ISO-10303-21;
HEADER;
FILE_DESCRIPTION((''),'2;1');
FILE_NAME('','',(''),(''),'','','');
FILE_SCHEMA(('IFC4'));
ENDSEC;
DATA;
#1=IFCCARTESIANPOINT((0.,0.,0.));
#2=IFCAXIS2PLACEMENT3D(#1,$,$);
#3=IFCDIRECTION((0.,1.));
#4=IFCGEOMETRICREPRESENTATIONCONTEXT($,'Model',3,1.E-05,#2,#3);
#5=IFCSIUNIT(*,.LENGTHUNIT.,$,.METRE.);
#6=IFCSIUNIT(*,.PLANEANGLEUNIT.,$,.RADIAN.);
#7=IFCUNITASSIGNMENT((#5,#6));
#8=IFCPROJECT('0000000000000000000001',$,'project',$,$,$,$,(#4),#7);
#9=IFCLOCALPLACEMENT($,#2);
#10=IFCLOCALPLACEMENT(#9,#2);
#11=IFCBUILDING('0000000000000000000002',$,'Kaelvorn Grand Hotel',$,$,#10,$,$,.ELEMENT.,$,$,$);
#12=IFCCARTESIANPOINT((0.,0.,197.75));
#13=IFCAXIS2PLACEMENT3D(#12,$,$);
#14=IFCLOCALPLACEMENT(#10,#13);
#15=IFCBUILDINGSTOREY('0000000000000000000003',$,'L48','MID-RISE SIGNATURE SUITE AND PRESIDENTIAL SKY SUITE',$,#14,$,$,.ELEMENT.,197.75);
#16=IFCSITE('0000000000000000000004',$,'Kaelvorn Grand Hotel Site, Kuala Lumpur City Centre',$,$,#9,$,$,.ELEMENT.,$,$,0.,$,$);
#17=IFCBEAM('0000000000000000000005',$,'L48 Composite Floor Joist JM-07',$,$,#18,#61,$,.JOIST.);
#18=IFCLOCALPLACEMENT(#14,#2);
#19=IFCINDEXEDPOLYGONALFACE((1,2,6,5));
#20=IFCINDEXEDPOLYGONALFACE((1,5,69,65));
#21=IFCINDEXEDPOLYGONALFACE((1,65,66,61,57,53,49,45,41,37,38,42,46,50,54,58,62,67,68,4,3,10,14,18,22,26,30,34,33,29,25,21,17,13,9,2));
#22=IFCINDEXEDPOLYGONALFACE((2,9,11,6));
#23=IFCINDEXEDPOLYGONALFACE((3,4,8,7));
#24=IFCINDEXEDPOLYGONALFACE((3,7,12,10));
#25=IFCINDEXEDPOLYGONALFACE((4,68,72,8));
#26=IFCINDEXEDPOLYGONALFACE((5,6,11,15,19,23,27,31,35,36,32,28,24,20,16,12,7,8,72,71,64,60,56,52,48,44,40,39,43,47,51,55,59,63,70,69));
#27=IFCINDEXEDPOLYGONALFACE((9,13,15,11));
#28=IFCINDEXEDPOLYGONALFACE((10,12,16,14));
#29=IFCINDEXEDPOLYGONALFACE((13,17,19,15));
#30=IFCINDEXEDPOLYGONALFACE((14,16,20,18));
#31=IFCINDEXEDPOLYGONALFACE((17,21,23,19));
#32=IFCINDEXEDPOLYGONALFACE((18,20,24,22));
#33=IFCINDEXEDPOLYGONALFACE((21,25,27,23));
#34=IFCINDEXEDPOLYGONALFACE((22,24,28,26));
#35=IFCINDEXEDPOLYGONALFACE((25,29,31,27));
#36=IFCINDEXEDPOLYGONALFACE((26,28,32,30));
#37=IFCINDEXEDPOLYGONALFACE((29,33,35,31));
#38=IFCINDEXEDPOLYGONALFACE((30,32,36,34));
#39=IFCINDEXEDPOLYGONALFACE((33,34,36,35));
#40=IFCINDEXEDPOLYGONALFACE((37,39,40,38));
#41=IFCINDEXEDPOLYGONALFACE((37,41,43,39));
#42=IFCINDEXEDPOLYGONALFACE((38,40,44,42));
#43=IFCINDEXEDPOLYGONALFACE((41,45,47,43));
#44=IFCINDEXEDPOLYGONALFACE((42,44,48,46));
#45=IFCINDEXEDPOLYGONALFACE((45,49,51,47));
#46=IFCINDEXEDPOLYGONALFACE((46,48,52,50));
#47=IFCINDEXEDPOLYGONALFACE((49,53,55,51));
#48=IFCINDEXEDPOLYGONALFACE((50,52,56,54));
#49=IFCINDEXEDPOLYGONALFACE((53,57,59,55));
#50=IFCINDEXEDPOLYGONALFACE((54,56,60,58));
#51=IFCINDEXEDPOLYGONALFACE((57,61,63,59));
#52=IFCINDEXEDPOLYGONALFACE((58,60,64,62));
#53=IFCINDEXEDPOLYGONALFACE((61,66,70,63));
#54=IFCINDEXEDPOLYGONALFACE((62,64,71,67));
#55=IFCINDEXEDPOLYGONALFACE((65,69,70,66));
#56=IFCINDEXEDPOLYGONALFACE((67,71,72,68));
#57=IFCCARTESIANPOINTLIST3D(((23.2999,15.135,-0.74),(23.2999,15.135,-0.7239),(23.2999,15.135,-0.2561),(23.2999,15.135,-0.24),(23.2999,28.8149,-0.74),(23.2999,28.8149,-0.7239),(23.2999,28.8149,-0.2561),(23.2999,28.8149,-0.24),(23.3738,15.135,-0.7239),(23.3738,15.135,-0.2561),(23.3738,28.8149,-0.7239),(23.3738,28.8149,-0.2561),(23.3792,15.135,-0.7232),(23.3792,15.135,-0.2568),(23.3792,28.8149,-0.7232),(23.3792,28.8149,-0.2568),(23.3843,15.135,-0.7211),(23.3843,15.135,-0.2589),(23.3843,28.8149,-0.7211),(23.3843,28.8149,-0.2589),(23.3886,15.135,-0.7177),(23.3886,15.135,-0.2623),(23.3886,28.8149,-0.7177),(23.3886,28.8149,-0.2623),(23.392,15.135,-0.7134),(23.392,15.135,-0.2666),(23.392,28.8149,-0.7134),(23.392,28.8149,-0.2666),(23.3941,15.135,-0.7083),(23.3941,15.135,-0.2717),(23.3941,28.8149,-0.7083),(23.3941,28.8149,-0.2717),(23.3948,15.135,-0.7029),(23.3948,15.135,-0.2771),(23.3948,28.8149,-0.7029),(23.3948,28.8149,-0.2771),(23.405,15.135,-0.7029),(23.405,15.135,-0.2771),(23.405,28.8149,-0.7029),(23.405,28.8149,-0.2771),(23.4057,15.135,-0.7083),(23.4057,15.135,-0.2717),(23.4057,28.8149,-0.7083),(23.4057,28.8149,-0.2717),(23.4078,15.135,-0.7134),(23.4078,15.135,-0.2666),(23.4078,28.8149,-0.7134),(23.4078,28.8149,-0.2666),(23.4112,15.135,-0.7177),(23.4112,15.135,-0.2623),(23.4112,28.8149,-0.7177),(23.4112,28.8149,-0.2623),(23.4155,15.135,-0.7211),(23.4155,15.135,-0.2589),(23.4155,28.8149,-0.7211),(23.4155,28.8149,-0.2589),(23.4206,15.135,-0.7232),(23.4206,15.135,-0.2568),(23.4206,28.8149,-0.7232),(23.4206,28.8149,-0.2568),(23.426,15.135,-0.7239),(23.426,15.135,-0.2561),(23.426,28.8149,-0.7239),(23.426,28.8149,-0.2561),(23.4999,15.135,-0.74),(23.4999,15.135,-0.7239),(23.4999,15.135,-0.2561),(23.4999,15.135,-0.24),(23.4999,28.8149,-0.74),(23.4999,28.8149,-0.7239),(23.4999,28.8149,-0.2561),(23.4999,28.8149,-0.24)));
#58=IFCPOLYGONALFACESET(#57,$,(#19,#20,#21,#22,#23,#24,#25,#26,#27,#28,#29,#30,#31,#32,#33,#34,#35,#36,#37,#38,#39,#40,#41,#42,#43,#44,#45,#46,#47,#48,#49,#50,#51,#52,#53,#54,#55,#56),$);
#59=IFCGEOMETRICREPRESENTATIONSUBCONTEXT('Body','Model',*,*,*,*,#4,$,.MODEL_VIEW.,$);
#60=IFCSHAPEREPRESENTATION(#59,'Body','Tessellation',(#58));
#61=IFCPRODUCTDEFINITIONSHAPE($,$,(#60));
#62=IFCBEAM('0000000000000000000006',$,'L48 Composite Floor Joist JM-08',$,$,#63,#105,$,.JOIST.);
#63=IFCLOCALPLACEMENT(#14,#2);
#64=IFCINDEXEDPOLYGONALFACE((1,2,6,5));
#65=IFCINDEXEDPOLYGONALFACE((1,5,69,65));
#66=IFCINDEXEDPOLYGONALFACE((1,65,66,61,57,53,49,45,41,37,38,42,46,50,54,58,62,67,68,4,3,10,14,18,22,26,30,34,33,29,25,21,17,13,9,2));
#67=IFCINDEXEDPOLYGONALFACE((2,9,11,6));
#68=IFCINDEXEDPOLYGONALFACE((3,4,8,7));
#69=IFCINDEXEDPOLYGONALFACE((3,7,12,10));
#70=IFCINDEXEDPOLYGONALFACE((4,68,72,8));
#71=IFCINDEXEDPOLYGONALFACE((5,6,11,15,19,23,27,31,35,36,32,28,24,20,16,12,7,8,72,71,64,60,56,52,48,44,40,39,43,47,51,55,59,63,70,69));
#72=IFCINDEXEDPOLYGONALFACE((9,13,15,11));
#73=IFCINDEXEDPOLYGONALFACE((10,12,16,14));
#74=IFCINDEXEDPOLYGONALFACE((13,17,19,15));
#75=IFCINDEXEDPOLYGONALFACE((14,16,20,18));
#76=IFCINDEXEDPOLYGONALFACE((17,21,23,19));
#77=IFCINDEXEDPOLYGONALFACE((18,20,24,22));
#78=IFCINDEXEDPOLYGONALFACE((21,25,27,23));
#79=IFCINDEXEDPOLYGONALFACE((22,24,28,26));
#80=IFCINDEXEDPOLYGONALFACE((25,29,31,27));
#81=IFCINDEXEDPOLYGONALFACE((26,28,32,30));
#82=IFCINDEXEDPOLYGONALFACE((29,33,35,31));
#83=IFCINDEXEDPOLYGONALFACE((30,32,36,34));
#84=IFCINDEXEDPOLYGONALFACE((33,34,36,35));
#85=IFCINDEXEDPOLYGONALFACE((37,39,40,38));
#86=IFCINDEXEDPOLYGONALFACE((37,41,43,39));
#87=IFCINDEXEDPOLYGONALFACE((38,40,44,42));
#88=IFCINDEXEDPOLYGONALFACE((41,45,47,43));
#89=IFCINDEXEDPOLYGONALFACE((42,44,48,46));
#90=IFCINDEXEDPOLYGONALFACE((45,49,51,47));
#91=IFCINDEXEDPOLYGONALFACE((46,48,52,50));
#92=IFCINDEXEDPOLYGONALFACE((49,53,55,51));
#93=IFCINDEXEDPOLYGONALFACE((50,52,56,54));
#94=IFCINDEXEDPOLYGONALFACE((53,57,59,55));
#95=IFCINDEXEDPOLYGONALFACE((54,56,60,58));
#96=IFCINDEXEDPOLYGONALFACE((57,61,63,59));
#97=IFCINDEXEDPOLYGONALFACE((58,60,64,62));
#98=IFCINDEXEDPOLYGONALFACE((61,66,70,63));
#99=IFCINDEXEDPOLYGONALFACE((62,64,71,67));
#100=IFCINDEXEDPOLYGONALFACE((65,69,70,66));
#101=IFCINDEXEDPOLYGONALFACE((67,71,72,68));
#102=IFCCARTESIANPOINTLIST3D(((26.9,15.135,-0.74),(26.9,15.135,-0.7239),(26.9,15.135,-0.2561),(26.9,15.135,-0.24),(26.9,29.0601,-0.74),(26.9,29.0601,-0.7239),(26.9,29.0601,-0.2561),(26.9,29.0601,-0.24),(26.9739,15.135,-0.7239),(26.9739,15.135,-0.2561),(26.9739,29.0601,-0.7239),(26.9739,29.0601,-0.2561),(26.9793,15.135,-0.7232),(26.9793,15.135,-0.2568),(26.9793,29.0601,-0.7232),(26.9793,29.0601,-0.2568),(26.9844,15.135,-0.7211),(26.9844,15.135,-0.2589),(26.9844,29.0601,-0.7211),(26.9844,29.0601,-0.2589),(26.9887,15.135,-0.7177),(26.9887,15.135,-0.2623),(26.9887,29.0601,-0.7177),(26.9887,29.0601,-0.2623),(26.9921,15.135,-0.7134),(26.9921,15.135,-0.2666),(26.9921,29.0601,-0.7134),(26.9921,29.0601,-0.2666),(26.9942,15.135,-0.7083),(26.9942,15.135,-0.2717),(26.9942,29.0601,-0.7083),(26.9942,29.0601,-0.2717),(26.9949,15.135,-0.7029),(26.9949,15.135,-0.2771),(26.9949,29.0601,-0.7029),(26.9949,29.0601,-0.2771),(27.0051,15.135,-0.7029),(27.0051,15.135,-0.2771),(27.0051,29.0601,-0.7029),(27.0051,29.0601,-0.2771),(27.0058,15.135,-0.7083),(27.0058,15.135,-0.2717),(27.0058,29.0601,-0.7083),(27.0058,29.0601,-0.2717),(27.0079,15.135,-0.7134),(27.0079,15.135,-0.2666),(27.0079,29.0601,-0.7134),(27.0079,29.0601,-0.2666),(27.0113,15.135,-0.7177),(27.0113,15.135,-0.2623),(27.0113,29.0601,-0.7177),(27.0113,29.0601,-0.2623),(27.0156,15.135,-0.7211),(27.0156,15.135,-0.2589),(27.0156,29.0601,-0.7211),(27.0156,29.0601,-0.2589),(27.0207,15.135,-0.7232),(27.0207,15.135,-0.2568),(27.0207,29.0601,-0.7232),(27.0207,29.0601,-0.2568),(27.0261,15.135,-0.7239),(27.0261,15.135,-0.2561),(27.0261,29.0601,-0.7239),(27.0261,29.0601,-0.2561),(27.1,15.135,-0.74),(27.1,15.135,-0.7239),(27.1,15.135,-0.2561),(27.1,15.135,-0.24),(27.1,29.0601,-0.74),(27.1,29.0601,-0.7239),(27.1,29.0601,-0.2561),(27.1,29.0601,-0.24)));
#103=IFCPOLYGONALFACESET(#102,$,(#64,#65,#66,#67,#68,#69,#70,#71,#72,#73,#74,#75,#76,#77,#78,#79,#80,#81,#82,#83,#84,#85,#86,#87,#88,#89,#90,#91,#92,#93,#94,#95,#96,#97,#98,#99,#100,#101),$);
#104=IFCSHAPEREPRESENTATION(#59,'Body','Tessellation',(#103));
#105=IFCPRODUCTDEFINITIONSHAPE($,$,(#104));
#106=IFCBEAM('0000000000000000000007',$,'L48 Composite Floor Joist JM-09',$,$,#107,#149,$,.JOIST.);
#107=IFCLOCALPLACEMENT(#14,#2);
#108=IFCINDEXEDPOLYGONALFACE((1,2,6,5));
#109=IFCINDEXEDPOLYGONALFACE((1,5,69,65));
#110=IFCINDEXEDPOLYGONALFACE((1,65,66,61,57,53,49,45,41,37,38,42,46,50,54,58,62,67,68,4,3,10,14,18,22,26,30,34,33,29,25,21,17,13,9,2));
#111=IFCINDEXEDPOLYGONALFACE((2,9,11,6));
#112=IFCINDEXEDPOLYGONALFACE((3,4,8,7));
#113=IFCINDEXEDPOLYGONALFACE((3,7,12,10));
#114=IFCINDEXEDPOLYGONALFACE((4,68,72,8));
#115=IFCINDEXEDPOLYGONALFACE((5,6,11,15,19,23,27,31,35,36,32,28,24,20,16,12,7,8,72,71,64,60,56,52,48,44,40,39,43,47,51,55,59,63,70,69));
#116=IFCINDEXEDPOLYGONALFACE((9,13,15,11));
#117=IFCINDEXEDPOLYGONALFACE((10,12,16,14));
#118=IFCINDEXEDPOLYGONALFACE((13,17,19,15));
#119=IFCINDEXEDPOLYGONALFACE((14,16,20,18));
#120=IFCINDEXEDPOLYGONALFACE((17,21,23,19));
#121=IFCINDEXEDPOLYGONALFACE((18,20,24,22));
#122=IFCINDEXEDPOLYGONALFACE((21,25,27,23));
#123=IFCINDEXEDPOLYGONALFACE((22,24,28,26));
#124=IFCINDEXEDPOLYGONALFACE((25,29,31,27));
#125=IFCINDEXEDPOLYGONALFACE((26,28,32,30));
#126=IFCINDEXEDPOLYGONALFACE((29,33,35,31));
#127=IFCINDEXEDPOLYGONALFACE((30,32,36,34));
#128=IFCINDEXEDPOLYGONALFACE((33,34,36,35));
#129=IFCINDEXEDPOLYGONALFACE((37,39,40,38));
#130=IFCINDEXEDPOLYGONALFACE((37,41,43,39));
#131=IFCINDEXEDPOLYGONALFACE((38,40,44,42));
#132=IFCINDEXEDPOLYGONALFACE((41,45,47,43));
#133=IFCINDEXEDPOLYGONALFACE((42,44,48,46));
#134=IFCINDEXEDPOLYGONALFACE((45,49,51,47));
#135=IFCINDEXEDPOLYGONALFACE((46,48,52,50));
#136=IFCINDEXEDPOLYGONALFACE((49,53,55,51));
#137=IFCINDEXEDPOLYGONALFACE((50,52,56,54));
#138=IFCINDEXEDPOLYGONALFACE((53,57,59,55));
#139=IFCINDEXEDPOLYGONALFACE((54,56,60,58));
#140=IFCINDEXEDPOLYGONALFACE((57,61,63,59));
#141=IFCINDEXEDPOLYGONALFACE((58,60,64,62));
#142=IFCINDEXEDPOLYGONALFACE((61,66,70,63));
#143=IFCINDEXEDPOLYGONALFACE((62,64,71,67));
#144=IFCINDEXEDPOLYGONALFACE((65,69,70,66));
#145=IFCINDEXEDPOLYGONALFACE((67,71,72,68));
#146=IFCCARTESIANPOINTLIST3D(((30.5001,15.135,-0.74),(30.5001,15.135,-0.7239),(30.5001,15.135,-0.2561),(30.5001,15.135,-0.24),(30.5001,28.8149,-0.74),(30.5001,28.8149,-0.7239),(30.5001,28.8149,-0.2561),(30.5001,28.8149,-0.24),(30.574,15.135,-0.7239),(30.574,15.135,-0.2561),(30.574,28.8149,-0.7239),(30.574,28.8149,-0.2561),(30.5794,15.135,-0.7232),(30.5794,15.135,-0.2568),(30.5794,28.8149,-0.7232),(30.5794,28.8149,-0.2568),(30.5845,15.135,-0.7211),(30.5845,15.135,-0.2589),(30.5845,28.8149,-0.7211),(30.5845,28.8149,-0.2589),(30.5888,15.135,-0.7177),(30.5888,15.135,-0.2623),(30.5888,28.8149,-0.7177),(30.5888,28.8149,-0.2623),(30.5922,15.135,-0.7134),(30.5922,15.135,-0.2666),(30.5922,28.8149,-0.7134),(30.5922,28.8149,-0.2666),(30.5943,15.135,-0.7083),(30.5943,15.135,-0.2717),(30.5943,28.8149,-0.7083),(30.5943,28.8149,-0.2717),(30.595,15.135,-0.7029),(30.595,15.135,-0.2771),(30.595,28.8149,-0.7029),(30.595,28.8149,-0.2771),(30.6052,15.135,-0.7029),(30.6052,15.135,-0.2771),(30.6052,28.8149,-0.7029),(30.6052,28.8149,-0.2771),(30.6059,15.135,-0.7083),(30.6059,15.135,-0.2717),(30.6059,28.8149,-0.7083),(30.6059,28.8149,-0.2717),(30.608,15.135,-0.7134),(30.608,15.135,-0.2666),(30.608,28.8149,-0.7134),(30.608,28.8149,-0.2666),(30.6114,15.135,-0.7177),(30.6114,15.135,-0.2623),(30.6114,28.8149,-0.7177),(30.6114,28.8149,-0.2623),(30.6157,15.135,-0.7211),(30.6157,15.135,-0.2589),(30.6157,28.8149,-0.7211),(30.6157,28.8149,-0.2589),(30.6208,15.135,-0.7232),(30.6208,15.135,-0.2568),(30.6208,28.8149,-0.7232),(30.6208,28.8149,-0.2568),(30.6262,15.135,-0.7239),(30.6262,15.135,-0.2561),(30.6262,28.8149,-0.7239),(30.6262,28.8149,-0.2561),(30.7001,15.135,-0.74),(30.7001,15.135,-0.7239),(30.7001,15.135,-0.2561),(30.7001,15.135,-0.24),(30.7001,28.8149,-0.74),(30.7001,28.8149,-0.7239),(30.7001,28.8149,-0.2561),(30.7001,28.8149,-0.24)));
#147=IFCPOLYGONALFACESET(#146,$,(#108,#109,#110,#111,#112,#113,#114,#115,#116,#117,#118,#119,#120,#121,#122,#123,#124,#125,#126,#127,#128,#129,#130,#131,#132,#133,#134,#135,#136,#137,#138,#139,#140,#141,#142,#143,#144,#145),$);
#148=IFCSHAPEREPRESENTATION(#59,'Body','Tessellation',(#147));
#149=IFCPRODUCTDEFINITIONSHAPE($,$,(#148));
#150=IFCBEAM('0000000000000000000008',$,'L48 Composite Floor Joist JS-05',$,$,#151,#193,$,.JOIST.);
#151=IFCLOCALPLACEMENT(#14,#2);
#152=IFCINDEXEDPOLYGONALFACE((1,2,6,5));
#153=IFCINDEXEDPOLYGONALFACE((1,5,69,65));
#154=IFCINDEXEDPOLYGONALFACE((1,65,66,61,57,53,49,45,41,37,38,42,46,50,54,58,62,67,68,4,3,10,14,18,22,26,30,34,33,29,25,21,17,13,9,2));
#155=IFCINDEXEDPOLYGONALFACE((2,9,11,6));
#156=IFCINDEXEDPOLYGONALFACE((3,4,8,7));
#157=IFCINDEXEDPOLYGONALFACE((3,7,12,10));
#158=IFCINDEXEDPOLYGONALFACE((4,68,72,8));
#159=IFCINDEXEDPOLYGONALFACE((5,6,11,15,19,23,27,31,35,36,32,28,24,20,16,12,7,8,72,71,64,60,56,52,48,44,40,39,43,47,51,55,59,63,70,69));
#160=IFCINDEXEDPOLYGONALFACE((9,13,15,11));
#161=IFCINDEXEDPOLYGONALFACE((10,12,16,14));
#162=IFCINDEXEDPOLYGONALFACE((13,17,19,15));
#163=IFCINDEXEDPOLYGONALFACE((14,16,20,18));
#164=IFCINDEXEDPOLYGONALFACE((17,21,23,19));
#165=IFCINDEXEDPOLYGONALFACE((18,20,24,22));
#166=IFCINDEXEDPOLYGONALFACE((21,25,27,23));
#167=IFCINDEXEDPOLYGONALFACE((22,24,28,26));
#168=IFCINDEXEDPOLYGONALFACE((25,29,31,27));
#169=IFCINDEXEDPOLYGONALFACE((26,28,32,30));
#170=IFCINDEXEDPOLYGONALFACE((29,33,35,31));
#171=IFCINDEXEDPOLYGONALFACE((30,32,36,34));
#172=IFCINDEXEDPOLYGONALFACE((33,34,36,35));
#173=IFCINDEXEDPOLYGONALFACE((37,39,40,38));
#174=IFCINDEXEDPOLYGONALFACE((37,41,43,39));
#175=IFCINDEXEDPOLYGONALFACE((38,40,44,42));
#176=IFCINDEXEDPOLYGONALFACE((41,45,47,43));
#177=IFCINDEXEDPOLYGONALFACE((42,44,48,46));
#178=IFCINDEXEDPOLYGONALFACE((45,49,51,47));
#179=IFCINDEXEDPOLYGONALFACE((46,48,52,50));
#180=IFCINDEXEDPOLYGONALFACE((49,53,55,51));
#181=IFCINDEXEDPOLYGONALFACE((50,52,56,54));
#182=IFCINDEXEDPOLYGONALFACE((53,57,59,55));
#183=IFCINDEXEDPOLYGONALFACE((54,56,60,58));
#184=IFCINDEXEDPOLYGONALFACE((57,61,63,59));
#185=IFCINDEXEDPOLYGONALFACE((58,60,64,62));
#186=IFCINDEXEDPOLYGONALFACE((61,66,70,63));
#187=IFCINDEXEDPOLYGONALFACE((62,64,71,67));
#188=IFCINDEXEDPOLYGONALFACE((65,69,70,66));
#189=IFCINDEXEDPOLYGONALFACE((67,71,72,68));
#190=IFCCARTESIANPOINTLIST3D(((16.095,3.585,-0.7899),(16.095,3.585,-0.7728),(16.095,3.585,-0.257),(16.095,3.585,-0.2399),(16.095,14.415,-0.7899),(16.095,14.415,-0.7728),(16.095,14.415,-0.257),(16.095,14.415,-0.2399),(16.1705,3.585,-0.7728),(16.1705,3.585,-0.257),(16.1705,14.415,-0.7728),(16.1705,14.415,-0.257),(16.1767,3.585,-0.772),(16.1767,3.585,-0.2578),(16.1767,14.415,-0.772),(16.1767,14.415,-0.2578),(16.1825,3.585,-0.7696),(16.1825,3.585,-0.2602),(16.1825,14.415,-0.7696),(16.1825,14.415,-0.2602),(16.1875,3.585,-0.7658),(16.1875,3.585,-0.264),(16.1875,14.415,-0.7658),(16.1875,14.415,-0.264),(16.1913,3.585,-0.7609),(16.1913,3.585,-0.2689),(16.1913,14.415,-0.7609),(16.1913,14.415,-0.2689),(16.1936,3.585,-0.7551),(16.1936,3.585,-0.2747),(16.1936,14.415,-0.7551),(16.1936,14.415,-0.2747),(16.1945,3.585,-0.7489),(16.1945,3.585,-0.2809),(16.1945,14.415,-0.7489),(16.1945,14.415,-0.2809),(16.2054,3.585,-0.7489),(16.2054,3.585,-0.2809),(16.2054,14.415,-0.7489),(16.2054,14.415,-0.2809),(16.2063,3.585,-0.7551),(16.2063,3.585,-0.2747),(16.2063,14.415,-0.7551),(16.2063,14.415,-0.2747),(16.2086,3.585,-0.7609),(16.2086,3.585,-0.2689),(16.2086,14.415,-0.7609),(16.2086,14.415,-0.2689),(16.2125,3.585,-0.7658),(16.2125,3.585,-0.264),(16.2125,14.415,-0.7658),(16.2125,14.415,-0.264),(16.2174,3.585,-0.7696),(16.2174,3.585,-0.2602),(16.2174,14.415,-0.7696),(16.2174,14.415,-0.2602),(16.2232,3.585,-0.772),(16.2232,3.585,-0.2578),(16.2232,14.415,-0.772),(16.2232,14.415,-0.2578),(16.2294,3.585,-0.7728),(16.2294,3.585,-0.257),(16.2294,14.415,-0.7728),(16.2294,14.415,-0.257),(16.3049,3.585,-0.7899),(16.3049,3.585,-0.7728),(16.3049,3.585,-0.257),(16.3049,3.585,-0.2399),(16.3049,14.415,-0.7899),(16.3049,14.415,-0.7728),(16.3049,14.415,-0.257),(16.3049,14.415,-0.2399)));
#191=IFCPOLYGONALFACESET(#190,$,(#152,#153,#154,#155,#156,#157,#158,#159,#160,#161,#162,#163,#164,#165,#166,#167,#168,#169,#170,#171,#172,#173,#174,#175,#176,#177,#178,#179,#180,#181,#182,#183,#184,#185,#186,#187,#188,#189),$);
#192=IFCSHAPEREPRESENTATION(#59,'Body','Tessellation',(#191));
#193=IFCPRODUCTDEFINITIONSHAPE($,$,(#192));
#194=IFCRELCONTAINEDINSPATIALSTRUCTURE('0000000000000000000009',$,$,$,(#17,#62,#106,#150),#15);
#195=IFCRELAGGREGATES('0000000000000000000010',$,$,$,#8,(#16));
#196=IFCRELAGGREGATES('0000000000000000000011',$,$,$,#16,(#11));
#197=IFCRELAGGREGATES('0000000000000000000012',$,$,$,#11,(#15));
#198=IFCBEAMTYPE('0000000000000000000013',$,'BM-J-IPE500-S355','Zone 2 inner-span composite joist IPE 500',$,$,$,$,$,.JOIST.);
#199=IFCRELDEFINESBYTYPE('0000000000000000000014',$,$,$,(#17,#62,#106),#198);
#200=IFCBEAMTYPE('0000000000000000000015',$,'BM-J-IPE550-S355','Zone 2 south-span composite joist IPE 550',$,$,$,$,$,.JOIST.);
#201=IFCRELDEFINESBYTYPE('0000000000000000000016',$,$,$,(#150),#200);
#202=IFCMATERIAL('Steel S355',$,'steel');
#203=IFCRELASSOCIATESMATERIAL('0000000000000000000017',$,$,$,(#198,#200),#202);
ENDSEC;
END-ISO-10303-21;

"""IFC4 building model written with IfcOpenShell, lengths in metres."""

from ifc_helpers import new_model, si_unit, direction, frame, origin, origin_2d, place, context, subcontext, project, spatial, i_section, extrude, material, material_profile, profile_set, type_object, element, save


model = new_model("IFC4")

# Units and contexts
model_context = context("Model", 3, precision=1e-05, world=origin(), true_north=direction((0.0, 1.0)))
body_context = subcontext(model_context, "Body", "Model", "MODEL_VIEW")
ifc_project = project(units=[si_unit("LENGTHUNIT", "METRE"), si_unit("PLANEANGLEUNIT", "RADIAN")], contexts=[model_context])

# Site, building, storey
site_placement = place(None, origin())
site = spatial("IfcSite", under=ifc_project, at=site_placement, Name="Kaelvorn Grand Hotel Site, Kuala Lumpur City Centre", CompositionType="ELEMENT", RefElevation=0.0)
building_placement = place(site_placement, origin())
building = spatial("IfcBuilding", under=site, at=building_placement, Name="Kaelvorn Grand Hotel", CompositionType="ELEMENT")
storey_placement = place(building_placement, frame((0.0, 0.0, 197.75)))
storey = spatial("IfcBuildingStorey", under=building, at=storey_placement, Name="L48", Description="MID-RISE SIGNATURE SUITE AND PRESIDENTIAL SKY SUITE", CompositionType="ELEMENT", Elevation=197.75)

# Beams
ifc_material_1 = material(Name="Steel S355", Category="steel")
ifc_material_profile_1 = material_profile(ifc_material_1, i_section(OverallWidth=0.2, OverallDepth=0.5, WebThickness=0.0103, FlangeThickness=0.0161, FilletRadius=0.021, at=origin_2d()), Name="IPE 500")
ifc_profile_set_1 = profile_set([ifc_material_profile_1], Name="Steel S355")
beam_type_1 = type_object("IfcBeamType", Name="BM-J-IPE500-S355", Description="Zone 2 inner-span composite joist IPE 500", PredefinedType="JOIST", material=ifc_profile_set_1)
beam_1_placement = place(storey_placement, frame((23.3999, 15.135, -0.49), z_axis=(0.0, 1.0, 0.0), x_axis=(-1.0, 0.0, 0.0)))
element("IfcBeam", 1, at=beam_1_placement, inside=storey, type_object=beam_type_1, Name="L48 Composite Floor Joist JM-07", PredefinedType="JOIST", context=body_context, shape_type="SweptSolid", body=[
    extrude(i_section(OverallWidth=0.2, OverallDepth=0.5, WebThickness=0.0103, FlangeThickness=0.0161, FilletRadius=0.021, at=origin_2d()), origin(), (0.0, 0.0, 1.0), 13.6799),
])
beam_2_placement = place(storey_placement, frame((27.0, 15.135, -0.49), z_axis=(0.0, 1.0, 0.0), x_axis=(-1.0, 0.0, 0.0)))
element("IfcBeam", 2, at=beam_2_placement, inside=storey, type_object=beam_type_1, Name="L48 Composite Floor Joist JM-08", PredefinedType="JOIST", context=body_context, shape_type="SweptSolid", body=[
    extrude(i_section(OverallWidth=0.2, OverallDepth=0.5, WebThickness=0.0103, FlangeThickness=0.0161, FilletRadius=0.021, at=origin_2d()), origin(), (0.0, 0.0, 1.0), 13.925),
])
beam_3_placement = place(storey_placement, frame((30.6001, 15.135, -0.49), z_axis=(0.0, 1.0, 0.0), x_axis=(-1.0, 0.0, 0.0)))
element("IfcBeam", 3, at=beam_3_placement, inside=storey, type_object=beam_type_1, Name="L48 Composite Floor Joist JM-09", PredefinedType="JOIST", context=body_context, shape_type="SweptSolid", body=[
    extrude(i_section(OverallWidth=0.2, OverallDepth=0.5, WebThickness=0.0103, FlangeThickness=0.0161, FilletRadius=0.021, at=origin_2d()), origin(), (0.0, 0.0, 1.0), 13.6799),
])
ifc_material_profile_2 = material_profile(ifc_material_1, i_section(OverallWidth=0.21, OverallDepth=0.55, WebThickness=0.011, FlangeThickness=0.0171, FilletRadius=0.0239, at=origin_2d()), Name="IPE 550")
ifc_profile_set_2 = profile_set([ifc_material_profile_2], Name="Steel S355")
beam_type_2 = type_object("IfcBeamType", Name="BM-J-IPE550-S355", Description="Zone 2 south-span composite joist IPE 550", PredefinedType="JOIST", material=ifc_profile_set_2)
beam_4_placement = place(storey_placement, frame((16.2, 3.585, -0.5149), z_axis=(0.0, 1.0, 0.0), x_axis=(-1.0, 0.0, 0.0)))
element("IfcBeam", 4, at=beam_4_placement, inside=storey, type_object=beam_type_2, Name="L48 Composite Floor Joist JS-05", PredefinedType="JOIST", context=body_context, shape_type="SweptSolid", body=[
    extrude(i_section(OverallWidth=0.21, OverallDepth=0.55, WebThickness=0.011, FlangeThickness=0.0171, FilletRadius=0.0239, at=origin_2d()), origin(), (0.0, 0.0, 1.0), 10.8301),
])

save(model, "model.ifc")
